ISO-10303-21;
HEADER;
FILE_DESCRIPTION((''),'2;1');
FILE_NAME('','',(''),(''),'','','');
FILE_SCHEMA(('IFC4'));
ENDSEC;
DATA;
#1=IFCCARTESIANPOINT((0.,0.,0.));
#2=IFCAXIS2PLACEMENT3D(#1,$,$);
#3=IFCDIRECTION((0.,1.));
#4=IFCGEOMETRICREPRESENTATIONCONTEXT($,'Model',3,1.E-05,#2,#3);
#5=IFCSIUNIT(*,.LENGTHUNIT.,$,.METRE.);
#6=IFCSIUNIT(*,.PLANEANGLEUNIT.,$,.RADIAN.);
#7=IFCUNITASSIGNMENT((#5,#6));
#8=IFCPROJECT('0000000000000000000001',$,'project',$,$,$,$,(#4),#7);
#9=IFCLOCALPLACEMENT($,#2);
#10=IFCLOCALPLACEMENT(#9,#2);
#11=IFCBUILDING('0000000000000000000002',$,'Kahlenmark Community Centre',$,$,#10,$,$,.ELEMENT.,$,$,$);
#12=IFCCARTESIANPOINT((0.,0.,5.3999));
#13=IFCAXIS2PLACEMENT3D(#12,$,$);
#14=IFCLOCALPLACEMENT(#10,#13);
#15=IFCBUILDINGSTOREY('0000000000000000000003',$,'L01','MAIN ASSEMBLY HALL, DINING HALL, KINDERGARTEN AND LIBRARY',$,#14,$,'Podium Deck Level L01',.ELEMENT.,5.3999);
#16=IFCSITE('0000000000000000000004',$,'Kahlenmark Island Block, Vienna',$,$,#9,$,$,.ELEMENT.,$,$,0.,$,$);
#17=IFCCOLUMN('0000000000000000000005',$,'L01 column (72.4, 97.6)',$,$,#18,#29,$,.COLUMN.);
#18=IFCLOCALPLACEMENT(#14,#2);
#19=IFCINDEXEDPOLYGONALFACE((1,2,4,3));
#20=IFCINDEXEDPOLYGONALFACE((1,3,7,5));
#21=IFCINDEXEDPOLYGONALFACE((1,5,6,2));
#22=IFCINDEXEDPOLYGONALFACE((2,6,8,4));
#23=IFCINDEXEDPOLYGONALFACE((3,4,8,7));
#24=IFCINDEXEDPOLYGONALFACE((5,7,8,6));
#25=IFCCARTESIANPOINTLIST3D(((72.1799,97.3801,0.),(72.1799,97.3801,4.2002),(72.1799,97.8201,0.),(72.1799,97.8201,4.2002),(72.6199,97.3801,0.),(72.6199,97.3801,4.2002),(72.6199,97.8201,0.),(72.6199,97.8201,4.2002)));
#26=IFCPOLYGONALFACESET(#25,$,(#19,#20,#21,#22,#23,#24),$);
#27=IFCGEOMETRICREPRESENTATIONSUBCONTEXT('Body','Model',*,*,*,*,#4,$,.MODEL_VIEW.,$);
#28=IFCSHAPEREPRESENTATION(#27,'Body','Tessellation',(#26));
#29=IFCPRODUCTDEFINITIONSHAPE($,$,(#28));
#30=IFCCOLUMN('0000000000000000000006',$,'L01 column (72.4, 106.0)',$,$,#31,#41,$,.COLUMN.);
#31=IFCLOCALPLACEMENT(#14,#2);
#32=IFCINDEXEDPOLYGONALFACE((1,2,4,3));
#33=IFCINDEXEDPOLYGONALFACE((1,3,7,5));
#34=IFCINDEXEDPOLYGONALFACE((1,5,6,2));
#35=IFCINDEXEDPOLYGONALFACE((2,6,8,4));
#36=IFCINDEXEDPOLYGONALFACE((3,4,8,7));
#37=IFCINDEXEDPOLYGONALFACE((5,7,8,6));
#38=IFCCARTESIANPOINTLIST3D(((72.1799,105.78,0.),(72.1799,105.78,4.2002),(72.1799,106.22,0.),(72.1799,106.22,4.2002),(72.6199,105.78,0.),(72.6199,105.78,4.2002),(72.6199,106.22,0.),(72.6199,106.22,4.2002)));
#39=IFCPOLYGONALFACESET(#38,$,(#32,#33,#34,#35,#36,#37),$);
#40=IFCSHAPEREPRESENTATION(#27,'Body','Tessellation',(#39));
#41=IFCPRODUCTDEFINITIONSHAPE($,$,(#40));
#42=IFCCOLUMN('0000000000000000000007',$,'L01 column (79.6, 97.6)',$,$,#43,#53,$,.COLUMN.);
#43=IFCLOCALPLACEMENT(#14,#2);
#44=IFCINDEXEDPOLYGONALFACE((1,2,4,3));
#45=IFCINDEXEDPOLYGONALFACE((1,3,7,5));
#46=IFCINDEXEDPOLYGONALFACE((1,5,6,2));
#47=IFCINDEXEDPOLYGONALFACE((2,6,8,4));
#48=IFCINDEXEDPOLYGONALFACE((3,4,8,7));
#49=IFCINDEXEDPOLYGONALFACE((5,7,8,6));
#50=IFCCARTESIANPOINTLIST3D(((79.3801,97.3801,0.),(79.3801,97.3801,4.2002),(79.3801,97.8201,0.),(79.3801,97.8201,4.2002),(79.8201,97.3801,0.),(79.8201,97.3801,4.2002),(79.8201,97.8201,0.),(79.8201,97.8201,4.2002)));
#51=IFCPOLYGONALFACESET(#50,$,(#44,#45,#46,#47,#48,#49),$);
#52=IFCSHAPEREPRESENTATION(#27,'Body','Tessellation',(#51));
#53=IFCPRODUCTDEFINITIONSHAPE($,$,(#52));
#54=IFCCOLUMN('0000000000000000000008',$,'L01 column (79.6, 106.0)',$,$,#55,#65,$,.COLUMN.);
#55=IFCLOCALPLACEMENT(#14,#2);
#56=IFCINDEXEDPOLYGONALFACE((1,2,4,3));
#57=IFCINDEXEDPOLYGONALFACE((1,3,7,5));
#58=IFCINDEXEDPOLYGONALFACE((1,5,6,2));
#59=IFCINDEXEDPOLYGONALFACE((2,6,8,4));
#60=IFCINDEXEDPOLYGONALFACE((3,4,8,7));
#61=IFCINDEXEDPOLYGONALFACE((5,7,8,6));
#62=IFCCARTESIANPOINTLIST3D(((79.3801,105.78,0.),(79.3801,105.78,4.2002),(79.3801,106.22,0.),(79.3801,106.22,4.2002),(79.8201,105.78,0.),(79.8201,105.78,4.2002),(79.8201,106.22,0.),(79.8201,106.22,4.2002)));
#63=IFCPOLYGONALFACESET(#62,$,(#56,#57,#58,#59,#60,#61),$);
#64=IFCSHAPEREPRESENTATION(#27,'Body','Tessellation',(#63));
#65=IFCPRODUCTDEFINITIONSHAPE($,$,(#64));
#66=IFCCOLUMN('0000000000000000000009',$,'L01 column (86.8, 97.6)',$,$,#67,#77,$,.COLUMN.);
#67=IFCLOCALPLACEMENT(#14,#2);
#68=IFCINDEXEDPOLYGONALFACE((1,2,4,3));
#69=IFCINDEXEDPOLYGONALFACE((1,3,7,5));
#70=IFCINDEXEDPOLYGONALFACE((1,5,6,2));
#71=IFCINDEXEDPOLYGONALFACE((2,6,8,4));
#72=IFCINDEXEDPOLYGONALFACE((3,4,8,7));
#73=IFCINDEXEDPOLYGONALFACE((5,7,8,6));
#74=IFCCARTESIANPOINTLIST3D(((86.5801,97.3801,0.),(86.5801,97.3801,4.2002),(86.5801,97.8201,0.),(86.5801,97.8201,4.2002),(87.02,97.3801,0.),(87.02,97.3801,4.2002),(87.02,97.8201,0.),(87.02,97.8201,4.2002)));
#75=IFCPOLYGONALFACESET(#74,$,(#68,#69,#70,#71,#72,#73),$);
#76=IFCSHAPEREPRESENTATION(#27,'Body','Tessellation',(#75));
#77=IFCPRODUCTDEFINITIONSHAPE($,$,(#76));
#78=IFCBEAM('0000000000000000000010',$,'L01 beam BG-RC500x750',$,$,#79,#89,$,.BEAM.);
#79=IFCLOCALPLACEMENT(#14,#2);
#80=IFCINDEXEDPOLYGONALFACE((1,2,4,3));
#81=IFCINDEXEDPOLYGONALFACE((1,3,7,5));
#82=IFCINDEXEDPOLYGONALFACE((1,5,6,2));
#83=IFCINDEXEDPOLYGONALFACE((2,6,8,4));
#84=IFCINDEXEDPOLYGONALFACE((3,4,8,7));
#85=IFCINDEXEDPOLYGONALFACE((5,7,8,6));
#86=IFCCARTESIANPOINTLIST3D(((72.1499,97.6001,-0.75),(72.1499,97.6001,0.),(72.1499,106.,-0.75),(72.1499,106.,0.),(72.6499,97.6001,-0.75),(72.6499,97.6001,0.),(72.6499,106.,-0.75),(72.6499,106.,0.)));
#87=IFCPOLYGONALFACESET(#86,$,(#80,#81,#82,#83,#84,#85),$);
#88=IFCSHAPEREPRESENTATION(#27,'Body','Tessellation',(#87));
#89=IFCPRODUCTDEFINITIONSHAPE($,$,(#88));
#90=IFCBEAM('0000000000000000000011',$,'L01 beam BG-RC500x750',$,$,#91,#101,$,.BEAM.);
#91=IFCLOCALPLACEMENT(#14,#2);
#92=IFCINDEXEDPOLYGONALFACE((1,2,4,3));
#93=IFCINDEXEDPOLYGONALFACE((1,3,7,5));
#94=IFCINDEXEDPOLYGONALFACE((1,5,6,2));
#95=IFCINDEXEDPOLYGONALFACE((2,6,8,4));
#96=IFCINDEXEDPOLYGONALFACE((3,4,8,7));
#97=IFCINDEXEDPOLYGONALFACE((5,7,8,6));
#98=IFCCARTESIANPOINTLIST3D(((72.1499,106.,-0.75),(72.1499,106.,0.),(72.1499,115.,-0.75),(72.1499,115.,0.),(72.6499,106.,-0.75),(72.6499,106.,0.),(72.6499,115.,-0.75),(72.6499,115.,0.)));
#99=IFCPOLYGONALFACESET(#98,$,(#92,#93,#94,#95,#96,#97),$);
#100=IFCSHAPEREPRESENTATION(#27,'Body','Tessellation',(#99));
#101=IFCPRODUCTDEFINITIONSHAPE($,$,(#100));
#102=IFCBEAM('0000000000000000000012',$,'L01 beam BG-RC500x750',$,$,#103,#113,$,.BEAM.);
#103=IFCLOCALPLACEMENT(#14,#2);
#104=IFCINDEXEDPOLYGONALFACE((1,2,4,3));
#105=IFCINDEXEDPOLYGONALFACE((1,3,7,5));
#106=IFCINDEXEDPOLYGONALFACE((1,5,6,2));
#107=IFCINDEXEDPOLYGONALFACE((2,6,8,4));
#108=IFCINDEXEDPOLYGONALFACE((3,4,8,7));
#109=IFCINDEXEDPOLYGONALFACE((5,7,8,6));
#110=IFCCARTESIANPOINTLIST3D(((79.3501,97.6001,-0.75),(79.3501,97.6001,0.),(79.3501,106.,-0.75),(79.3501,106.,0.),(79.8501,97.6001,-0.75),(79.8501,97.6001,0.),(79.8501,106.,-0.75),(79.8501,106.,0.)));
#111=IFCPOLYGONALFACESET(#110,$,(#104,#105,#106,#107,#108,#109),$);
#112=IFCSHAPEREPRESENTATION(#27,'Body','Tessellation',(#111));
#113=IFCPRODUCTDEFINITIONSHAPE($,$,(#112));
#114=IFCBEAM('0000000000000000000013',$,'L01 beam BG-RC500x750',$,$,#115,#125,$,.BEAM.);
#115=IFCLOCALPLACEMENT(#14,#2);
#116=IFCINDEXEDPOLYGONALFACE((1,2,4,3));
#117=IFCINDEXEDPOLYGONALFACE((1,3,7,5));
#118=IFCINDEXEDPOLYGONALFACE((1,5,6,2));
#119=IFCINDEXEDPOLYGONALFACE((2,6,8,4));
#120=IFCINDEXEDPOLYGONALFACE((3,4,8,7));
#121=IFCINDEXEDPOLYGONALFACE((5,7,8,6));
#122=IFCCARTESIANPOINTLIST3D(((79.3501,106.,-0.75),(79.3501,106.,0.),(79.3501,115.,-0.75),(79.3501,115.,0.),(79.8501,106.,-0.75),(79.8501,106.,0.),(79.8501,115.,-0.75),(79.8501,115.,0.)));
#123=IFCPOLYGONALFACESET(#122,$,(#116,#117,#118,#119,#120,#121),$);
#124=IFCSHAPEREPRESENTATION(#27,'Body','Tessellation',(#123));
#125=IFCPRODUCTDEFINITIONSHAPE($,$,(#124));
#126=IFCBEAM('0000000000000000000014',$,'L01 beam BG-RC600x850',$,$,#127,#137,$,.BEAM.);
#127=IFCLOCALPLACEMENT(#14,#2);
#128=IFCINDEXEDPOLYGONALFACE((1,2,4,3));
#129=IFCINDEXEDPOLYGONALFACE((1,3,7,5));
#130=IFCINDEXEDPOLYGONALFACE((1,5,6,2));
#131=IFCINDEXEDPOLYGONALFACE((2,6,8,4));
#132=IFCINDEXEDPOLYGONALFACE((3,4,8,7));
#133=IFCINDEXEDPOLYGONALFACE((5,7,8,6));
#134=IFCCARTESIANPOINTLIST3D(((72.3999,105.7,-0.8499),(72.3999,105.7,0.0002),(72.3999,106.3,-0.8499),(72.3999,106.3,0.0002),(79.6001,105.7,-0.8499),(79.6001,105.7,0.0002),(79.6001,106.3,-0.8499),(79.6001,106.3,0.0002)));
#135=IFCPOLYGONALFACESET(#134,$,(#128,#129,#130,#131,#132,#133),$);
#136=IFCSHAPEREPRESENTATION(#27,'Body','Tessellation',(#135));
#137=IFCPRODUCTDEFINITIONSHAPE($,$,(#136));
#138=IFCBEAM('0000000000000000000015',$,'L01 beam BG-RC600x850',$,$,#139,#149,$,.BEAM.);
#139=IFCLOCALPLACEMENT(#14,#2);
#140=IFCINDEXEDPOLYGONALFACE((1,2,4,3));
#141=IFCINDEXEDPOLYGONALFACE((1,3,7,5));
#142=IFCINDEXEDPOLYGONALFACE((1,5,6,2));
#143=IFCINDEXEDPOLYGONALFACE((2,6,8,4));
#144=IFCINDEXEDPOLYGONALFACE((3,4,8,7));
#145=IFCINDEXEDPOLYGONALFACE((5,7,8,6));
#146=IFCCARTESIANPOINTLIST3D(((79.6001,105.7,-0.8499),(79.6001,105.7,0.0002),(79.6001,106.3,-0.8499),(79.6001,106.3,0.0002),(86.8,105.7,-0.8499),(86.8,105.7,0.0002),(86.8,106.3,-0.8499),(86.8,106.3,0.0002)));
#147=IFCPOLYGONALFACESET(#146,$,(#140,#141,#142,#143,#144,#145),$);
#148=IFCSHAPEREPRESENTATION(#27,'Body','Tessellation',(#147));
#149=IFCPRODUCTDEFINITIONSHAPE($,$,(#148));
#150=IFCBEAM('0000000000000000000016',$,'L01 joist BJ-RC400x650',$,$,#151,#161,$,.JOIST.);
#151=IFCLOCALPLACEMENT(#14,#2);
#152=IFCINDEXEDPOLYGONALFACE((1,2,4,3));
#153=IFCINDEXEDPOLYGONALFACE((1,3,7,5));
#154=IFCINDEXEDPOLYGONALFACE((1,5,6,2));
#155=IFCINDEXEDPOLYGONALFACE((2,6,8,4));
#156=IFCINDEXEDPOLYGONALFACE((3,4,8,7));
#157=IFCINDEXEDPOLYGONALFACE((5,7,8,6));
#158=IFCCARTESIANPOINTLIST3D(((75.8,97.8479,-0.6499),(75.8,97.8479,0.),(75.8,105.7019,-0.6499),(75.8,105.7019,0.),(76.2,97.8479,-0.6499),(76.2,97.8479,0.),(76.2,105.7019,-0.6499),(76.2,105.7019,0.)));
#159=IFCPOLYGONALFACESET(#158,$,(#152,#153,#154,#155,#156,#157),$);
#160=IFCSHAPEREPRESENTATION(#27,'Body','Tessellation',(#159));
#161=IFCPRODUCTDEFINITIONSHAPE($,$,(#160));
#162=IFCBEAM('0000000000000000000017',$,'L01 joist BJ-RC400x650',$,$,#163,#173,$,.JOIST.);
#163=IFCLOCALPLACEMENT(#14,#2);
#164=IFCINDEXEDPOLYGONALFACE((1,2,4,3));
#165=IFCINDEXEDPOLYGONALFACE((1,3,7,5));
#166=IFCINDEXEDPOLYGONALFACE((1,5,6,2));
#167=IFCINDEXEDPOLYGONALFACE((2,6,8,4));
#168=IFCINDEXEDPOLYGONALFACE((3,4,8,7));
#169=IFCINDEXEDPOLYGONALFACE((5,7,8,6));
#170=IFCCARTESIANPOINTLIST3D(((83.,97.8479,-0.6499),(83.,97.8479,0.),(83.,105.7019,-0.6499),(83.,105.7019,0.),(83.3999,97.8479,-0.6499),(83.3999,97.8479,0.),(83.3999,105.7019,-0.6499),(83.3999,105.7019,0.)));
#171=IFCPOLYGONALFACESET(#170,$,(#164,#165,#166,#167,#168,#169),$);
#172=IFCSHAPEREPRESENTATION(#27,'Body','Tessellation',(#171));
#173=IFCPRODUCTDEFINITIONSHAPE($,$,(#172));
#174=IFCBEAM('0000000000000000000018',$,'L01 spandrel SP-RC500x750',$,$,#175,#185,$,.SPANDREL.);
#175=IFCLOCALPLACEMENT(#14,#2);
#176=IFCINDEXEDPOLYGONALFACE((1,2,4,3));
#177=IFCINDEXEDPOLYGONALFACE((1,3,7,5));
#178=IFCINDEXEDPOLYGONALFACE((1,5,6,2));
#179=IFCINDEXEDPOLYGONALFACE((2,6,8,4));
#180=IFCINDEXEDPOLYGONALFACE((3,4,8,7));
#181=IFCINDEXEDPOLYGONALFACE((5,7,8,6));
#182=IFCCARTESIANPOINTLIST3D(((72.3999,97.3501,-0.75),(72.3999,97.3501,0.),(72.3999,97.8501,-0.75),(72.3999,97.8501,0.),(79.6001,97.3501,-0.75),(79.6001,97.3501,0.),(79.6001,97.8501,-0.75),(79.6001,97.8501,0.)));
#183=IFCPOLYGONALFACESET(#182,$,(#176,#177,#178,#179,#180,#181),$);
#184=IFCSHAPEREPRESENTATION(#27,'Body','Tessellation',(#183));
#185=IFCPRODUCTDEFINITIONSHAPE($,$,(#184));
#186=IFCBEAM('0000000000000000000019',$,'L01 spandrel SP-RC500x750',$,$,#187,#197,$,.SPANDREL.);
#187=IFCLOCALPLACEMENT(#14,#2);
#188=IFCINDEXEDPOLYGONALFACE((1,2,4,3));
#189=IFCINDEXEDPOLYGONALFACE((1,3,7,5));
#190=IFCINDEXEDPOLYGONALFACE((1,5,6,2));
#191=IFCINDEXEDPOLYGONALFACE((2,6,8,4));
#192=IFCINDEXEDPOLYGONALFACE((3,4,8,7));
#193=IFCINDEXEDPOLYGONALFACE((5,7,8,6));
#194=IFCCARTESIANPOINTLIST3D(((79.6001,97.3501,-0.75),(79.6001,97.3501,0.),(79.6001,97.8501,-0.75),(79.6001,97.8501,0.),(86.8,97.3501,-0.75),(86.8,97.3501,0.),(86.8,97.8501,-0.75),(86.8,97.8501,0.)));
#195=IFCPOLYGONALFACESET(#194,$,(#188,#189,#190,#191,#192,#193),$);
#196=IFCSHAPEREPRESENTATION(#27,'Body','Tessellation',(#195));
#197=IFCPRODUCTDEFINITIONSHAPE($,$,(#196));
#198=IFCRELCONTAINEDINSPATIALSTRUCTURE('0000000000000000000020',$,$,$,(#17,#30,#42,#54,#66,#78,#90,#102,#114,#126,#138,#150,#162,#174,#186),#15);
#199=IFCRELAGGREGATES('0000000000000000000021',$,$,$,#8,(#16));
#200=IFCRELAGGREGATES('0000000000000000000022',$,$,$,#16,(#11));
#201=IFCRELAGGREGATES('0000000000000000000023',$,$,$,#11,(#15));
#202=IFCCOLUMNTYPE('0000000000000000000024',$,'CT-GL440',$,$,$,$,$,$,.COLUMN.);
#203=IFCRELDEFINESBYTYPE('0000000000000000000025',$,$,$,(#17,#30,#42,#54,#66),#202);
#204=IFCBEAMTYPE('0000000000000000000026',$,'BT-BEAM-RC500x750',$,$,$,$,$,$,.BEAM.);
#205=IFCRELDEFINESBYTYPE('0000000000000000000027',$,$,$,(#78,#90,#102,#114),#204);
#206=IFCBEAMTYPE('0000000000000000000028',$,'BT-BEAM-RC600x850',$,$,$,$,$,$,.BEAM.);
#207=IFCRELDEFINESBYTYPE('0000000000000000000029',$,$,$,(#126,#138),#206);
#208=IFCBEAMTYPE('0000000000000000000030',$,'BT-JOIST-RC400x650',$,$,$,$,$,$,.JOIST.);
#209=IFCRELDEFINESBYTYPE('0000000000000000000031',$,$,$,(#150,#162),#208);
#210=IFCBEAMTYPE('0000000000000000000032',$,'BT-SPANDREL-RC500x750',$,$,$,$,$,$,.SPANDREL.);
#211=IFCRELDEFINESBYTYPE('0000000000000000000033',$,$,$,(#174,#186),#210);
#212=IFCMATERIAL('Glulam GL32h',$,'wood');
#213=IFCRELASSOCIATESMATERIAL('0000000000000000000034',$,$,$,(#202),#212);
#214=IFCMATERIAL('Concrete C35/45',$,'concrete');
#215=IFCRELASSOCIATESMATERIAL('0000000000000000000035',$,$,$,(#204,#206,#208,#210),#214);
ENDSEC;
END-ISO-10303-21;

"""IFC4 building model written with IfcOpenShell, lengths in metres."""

from ifc_helpers import new_model, si_unit, direction, frame, origin, origin_2d, place, context, subcontext, project, spatial, rectangle, extrude, material, material_profile, profile_set, type_object, element, save


model = new_model("IFC4")

# Units and contexts
model_context = context("Model", 3, precision=1e-05, world=origin(), true_north=direction((0.0, 1.0)))
body_context = subcontext(model_context, "Body", "Model", "MODEL_VIEW")
ifc_project = project(units=[si_unit("LENGTHUNIT", "METRE"), si_unit("PLANEANGLEUNIT", "RADIAN")], contexts=[model_context])

# Site, building, storey
site_placement = place(None, origin())
site = spatial("IfcSite", under=ifc_project, at=site_placement, Name="Kahlenmark Island Block, Vienna", CompositionType="ELEMENT", RefElevation=0.0)
building_placement = place(site_placement, origin())
building = spatial("IfcBuilding", under=site, at=building_placement, Name="Kahlenmark Community Centre", CompositionType="ELEMENT")
storey_placement = place(building_placement, frame((0.0, 0.0, 5.3999)))
storey = spatial("IfcBuildingStorey", under=building, at=storey_placement, Name="L01", Description="MAIN ASSEMBLY HALL, DINING HALL, KINDERGARTEN AND LIBRARY", LongName="Podium Deck Level L01", CompositionType="ELEMENT", Elevation=5.3999)

# Columns
ifc_material_1 = material(Name="Glulam GL32h", Category="wood")
ifc_material_profile_1 = material_profile(ifc_material_1, rectangle(XDim=0.4399, YDim=0.4399, at=origin_2d()), Name="GL32h 440x440")
ifc_profile_set_1 = profile_set([ifc_material_profile_1], Name="Glulam GL32h")
column_type = type_object("IfcColumnType", Name="CT-GL440", PredefinedType="COLUMN", material=ifc_profile_set_1)
for number, where, z_axis, x_axis, name in (
    (1, (72.3999, 97.6001, 0.0), (0.0, 0.0, 1.0), (1.0, 0.0, 0.0), "L01 column (72.4, 97.6)"),
    (2, (72.3999, 106.0, 0.0), (0.0, 0.0, 1.0), (1.0, 0.0, 0.0), "L01 column (72.4, 106.0)"),
    (3, (79.6001, 97.6001, 0.0), (0.0, 0.0, 1.0), (1.0, 0.0, 0.0), "L01 column (79.6, 97.6)"),
    (4, (79.6001, 106.0, 0.0), (0.0, 0.0, 1.0), (1.0, 0.0, 0.0), "L01 column (79.6, 106.0)"),
    (5, (86.8, 97.6001, 0.0), (0.0, 0.0, 1.0), (1.0, 0.0, 0.0), "L01 column (86.8, 97.6)"),
):
    element("IfcColumn", number, at=place(storey_placement, frame(where, z_axis=z_axis, x_axis=x_axis)), inside=storey, type_object=column_type, Name=name, PredefinedType="COLUMN", context=body_context, shape_type="SweptSolid", body=[
        extrude(rectangle(XDim=0.4399, YDim=0.4399, at=origin_2d()), origin(), (0.0, 0.0, 1.0), 4.2002),
    ])

# Beams
ifc_material_2 = material(Name="Concrete C35/45", Category="concrete")
ifc_material_profile_2 = material_profile(ifc_material_2, rectangle(XDim=0.5, YDim=0.75, at=origin_2d()), Name="RC 500x750")
ifc_profile_set_2 = profile_set([ifc_material_profile_2], Name="Concrete C35/45")
beam_type_1 = type_object("IfcBeamType", Name="BT-BEAM-RC500x750", PredefinedType="BEAM", material=ifc_profile_set_2)
beam_1_placement = place(storey_placement, frame((72.3999, 97.6001, -0.375), z_axis=(0.0, 1.0, 0.0), x_axis=(-1.0, 0.0, 0.0)))
element("IfcBeam", 6, at=beam_1_placement, inside=storey, type_object=beam_type_1, Name="L01 beam BG-RC500x750", PredefinedType="BEAM", context=body_context, shape_type="SweptSolid", body=[
    extrude(rectangle(XDim=0.5, YDim=0.75, at=origin_2d()), origin(), (0.0, 0.0, 1.0), 8.3999),
])
beam_2_placement = place(storey_placement, frame((72.3999, 106.0, -0.375), z_axis=(0.0, 1.0, 0.0), x_axis=(-1.0, 0.0, 0.0)))
element("IfcBeam", 7, at=beam_2_placement, inside=storey, type_object=beam_type_1, Name="L01 beam BG-RC500x750", PredefinedType="BEAM", context=body_context, shape_type="SweptSolid", body=[
    extrude(rectangle(XDim=0.5, YDim=0.75, at=origin_2d()), origin(), (0.0, 0.0, 1.0), 9.0),
])
beam_3_placement = place(storey_placement, frame((79.6001, 97.6001, -0.375), z_axis=(0.0, 1.0, 0.0), x_axis=(-1.0, 0.0, 0.0)))
element("IfcBeam", 8, at=beam_3_placement, inside=storey, type_object=beam_type_1, Name="L01 beam BG-RC500x750", PredefinedType="BEAM", context=body_context, shape_type="SweptSolid", body=[
    extrude(rectangle(XDim=0.5, YDim=0.75, at=origin_2d()), origin(), (0.0, 0.0, 1.0), 8.3999),
])
beam_4_placement = place(storey_placement, frame((79.6001, 106.0, -0.375), z_axis=(0.0, 1.0, 0.0), x_axis=(-1.0, 0.0, 0.0)))
element("IfcBeam", 9, at=beam_4_placement, inside=storey, type_object=beam_type_1, Name="L01 beam BG-RC500x750", PredefinedType="BEAM", context=body_context, shape_type="SweptSolid", body=[
    extrude(rectangle(XDim=0.5, YDim=0.75, at=origin_2d()), origin(), (0.0, 0.0, 1.0), 9.0),
])
ifc_material_profile_3 = material_profile(ifc_material_2, rectangle(XDim=0.6001, YDim=0.8501, at=origin_2d()), Name="RC 600x850")
ifc_profile_set_3 = profile_set([ifc_material_profile_3], Name="Concrete C35/45")
beam_type_2 = type_object("IfcBeamType", Name="BT-BEAM-RC600x850", PredefinedType="BEAM", material=ifc_profile_set_3)
beam_5_placement = place(storey_placement, frame((72.3999, 106.0, -0.4248), z_axis=(1.0, 0.0, 0.0), x_axis=(0.0, 1.0, 0.0)))
element("IfcBeam", 10, at=beam_5_placement, inside=storey, type_object=beam_type_2, Name="L01 beam BG-RC600x850", PredefinedType="BEAM", context=body_context, shape_type="SweptSolid", body=[
    extrude(rectangle(XDim=0.6001, YDim=0.8501, at=origin_2d()), origin(), (0.0, 0.0, 1.0), 7.2002),
])
beam_6_placement = place(storey_placement, frame((79.6001, 106.0, -0.4248), z_axis=(1.0, 0.0, 0.0), x_axis=(0.0, 1.0, 0.0)))
element("IfcBeam", 11, at=beam_6_placement, inside=storey, type_object=beam_type_2, Name="L01 beam BG-RC600x850", PredefinedType="BEAM", context=body_context, shape_type="SweptSolid", body=[
    extrude(rectangle(XDim=0.6001, YDim=0.8501, at=origin_2d()), origin(), (0.0, 0.0, 1.0), 7.2),
])
ifc_material_profile_4 = material_profile(ifc_material_2, rectangle(XDim=0.3999, YDim=0.6499, at=origin_2d()), Name="RC 400x650")
ifc_profile_set_4 = profile_set([ifc_material_profile_4], Name="Concrete C35/45")
beam_type_3 = type_object("IfcBeamType", Name="BT-JOIST-RC400x650", PredefinedType="JOIST", material=ifc_profile_set_4)
for number, where, z_axis, x_axis, name in (
    (12, (76.0, 97.8479, -0.325), (0.0, 1.0, 0.0), (-1.0, 0.0, 0.0), "L01 joist BJ-RC400x650"),
    (13, (83.2, 97.8479, -0.325), (0.0, 1.0, 0.0), (-1.0, 0.0, 0.0), "L01 joist BJ-RC400x650"),
):
    element("IfcBeam", number, at=place(storey_placement, frame(where, z_axis=z_axis, x_axis=x_axis)), inside=storey, type_object=beam_type_3, Name=name, PredefinedType="JOIST", context=body_context, shape_type="SweptSolid", body=[
        extrude(rectangle(XDim=0.3999, YDim=0.6499, at=origin_2d()), origin(), (0.0, 0.0, 1.0), 7.854),
    ])
ifc_material_profile_5 = material_profile(ifc_material_2, rectangle(XDim=0.5, YDim=0.75, at=origin_2d()), Name="RC 500x750")
ifc_profile_set_5 = profile_set([ifc_material_profile_5], Name="Concrete C35/45")
beam_type_4 = type_object("IfcBeamType", Name="BT-SPANDREL-RC500x750", PredefinedType="SPANDREL", material=ifc_profile_set_5)
beam_7_placement = place(storey_placement, frame((72.3999, 97.6001, -0.375), z_axis=(1.0, 0.0, 0.0), x_axis=(0.0, 1.0, 0.0)))
element("IfcBeam", 14, at=beam_7_placement, inside=storey, type_object=beam_type_4, Name="L01 spandrel SP-RC500x750", PredefinedType="SPANDREL", context=body_context, shape_type="SweptSolid", body=[
    extrude(rectangle(XDim=0.5, YDim=0.75, at=origin_2d()), origin(), (0.0, 0.0, 1.0), 7.2002),
])
beam_8_placement = place(storey_placement, frame((79.6001, 97.6001, -0.375), z_axis=(1.0, 0.0, 0.0), x_axis=(0.0, 1.0, 0.0)))
element("IfcBeam", 15, at=beam_8_placement, inside=storey, type_object=beam_type_4, Name="L01 spandrel SP-RC500x750", PredefinedType="SPANDREL", context=body_context, shape_type="SweptSolid", body=[
    extrude(rectangle(XDim=0.5, YDim=0.75, at=origin_2d()), origin(), (0.0, 0.0, 1.0), 7.2),
])

save(model, "model.ifc")
